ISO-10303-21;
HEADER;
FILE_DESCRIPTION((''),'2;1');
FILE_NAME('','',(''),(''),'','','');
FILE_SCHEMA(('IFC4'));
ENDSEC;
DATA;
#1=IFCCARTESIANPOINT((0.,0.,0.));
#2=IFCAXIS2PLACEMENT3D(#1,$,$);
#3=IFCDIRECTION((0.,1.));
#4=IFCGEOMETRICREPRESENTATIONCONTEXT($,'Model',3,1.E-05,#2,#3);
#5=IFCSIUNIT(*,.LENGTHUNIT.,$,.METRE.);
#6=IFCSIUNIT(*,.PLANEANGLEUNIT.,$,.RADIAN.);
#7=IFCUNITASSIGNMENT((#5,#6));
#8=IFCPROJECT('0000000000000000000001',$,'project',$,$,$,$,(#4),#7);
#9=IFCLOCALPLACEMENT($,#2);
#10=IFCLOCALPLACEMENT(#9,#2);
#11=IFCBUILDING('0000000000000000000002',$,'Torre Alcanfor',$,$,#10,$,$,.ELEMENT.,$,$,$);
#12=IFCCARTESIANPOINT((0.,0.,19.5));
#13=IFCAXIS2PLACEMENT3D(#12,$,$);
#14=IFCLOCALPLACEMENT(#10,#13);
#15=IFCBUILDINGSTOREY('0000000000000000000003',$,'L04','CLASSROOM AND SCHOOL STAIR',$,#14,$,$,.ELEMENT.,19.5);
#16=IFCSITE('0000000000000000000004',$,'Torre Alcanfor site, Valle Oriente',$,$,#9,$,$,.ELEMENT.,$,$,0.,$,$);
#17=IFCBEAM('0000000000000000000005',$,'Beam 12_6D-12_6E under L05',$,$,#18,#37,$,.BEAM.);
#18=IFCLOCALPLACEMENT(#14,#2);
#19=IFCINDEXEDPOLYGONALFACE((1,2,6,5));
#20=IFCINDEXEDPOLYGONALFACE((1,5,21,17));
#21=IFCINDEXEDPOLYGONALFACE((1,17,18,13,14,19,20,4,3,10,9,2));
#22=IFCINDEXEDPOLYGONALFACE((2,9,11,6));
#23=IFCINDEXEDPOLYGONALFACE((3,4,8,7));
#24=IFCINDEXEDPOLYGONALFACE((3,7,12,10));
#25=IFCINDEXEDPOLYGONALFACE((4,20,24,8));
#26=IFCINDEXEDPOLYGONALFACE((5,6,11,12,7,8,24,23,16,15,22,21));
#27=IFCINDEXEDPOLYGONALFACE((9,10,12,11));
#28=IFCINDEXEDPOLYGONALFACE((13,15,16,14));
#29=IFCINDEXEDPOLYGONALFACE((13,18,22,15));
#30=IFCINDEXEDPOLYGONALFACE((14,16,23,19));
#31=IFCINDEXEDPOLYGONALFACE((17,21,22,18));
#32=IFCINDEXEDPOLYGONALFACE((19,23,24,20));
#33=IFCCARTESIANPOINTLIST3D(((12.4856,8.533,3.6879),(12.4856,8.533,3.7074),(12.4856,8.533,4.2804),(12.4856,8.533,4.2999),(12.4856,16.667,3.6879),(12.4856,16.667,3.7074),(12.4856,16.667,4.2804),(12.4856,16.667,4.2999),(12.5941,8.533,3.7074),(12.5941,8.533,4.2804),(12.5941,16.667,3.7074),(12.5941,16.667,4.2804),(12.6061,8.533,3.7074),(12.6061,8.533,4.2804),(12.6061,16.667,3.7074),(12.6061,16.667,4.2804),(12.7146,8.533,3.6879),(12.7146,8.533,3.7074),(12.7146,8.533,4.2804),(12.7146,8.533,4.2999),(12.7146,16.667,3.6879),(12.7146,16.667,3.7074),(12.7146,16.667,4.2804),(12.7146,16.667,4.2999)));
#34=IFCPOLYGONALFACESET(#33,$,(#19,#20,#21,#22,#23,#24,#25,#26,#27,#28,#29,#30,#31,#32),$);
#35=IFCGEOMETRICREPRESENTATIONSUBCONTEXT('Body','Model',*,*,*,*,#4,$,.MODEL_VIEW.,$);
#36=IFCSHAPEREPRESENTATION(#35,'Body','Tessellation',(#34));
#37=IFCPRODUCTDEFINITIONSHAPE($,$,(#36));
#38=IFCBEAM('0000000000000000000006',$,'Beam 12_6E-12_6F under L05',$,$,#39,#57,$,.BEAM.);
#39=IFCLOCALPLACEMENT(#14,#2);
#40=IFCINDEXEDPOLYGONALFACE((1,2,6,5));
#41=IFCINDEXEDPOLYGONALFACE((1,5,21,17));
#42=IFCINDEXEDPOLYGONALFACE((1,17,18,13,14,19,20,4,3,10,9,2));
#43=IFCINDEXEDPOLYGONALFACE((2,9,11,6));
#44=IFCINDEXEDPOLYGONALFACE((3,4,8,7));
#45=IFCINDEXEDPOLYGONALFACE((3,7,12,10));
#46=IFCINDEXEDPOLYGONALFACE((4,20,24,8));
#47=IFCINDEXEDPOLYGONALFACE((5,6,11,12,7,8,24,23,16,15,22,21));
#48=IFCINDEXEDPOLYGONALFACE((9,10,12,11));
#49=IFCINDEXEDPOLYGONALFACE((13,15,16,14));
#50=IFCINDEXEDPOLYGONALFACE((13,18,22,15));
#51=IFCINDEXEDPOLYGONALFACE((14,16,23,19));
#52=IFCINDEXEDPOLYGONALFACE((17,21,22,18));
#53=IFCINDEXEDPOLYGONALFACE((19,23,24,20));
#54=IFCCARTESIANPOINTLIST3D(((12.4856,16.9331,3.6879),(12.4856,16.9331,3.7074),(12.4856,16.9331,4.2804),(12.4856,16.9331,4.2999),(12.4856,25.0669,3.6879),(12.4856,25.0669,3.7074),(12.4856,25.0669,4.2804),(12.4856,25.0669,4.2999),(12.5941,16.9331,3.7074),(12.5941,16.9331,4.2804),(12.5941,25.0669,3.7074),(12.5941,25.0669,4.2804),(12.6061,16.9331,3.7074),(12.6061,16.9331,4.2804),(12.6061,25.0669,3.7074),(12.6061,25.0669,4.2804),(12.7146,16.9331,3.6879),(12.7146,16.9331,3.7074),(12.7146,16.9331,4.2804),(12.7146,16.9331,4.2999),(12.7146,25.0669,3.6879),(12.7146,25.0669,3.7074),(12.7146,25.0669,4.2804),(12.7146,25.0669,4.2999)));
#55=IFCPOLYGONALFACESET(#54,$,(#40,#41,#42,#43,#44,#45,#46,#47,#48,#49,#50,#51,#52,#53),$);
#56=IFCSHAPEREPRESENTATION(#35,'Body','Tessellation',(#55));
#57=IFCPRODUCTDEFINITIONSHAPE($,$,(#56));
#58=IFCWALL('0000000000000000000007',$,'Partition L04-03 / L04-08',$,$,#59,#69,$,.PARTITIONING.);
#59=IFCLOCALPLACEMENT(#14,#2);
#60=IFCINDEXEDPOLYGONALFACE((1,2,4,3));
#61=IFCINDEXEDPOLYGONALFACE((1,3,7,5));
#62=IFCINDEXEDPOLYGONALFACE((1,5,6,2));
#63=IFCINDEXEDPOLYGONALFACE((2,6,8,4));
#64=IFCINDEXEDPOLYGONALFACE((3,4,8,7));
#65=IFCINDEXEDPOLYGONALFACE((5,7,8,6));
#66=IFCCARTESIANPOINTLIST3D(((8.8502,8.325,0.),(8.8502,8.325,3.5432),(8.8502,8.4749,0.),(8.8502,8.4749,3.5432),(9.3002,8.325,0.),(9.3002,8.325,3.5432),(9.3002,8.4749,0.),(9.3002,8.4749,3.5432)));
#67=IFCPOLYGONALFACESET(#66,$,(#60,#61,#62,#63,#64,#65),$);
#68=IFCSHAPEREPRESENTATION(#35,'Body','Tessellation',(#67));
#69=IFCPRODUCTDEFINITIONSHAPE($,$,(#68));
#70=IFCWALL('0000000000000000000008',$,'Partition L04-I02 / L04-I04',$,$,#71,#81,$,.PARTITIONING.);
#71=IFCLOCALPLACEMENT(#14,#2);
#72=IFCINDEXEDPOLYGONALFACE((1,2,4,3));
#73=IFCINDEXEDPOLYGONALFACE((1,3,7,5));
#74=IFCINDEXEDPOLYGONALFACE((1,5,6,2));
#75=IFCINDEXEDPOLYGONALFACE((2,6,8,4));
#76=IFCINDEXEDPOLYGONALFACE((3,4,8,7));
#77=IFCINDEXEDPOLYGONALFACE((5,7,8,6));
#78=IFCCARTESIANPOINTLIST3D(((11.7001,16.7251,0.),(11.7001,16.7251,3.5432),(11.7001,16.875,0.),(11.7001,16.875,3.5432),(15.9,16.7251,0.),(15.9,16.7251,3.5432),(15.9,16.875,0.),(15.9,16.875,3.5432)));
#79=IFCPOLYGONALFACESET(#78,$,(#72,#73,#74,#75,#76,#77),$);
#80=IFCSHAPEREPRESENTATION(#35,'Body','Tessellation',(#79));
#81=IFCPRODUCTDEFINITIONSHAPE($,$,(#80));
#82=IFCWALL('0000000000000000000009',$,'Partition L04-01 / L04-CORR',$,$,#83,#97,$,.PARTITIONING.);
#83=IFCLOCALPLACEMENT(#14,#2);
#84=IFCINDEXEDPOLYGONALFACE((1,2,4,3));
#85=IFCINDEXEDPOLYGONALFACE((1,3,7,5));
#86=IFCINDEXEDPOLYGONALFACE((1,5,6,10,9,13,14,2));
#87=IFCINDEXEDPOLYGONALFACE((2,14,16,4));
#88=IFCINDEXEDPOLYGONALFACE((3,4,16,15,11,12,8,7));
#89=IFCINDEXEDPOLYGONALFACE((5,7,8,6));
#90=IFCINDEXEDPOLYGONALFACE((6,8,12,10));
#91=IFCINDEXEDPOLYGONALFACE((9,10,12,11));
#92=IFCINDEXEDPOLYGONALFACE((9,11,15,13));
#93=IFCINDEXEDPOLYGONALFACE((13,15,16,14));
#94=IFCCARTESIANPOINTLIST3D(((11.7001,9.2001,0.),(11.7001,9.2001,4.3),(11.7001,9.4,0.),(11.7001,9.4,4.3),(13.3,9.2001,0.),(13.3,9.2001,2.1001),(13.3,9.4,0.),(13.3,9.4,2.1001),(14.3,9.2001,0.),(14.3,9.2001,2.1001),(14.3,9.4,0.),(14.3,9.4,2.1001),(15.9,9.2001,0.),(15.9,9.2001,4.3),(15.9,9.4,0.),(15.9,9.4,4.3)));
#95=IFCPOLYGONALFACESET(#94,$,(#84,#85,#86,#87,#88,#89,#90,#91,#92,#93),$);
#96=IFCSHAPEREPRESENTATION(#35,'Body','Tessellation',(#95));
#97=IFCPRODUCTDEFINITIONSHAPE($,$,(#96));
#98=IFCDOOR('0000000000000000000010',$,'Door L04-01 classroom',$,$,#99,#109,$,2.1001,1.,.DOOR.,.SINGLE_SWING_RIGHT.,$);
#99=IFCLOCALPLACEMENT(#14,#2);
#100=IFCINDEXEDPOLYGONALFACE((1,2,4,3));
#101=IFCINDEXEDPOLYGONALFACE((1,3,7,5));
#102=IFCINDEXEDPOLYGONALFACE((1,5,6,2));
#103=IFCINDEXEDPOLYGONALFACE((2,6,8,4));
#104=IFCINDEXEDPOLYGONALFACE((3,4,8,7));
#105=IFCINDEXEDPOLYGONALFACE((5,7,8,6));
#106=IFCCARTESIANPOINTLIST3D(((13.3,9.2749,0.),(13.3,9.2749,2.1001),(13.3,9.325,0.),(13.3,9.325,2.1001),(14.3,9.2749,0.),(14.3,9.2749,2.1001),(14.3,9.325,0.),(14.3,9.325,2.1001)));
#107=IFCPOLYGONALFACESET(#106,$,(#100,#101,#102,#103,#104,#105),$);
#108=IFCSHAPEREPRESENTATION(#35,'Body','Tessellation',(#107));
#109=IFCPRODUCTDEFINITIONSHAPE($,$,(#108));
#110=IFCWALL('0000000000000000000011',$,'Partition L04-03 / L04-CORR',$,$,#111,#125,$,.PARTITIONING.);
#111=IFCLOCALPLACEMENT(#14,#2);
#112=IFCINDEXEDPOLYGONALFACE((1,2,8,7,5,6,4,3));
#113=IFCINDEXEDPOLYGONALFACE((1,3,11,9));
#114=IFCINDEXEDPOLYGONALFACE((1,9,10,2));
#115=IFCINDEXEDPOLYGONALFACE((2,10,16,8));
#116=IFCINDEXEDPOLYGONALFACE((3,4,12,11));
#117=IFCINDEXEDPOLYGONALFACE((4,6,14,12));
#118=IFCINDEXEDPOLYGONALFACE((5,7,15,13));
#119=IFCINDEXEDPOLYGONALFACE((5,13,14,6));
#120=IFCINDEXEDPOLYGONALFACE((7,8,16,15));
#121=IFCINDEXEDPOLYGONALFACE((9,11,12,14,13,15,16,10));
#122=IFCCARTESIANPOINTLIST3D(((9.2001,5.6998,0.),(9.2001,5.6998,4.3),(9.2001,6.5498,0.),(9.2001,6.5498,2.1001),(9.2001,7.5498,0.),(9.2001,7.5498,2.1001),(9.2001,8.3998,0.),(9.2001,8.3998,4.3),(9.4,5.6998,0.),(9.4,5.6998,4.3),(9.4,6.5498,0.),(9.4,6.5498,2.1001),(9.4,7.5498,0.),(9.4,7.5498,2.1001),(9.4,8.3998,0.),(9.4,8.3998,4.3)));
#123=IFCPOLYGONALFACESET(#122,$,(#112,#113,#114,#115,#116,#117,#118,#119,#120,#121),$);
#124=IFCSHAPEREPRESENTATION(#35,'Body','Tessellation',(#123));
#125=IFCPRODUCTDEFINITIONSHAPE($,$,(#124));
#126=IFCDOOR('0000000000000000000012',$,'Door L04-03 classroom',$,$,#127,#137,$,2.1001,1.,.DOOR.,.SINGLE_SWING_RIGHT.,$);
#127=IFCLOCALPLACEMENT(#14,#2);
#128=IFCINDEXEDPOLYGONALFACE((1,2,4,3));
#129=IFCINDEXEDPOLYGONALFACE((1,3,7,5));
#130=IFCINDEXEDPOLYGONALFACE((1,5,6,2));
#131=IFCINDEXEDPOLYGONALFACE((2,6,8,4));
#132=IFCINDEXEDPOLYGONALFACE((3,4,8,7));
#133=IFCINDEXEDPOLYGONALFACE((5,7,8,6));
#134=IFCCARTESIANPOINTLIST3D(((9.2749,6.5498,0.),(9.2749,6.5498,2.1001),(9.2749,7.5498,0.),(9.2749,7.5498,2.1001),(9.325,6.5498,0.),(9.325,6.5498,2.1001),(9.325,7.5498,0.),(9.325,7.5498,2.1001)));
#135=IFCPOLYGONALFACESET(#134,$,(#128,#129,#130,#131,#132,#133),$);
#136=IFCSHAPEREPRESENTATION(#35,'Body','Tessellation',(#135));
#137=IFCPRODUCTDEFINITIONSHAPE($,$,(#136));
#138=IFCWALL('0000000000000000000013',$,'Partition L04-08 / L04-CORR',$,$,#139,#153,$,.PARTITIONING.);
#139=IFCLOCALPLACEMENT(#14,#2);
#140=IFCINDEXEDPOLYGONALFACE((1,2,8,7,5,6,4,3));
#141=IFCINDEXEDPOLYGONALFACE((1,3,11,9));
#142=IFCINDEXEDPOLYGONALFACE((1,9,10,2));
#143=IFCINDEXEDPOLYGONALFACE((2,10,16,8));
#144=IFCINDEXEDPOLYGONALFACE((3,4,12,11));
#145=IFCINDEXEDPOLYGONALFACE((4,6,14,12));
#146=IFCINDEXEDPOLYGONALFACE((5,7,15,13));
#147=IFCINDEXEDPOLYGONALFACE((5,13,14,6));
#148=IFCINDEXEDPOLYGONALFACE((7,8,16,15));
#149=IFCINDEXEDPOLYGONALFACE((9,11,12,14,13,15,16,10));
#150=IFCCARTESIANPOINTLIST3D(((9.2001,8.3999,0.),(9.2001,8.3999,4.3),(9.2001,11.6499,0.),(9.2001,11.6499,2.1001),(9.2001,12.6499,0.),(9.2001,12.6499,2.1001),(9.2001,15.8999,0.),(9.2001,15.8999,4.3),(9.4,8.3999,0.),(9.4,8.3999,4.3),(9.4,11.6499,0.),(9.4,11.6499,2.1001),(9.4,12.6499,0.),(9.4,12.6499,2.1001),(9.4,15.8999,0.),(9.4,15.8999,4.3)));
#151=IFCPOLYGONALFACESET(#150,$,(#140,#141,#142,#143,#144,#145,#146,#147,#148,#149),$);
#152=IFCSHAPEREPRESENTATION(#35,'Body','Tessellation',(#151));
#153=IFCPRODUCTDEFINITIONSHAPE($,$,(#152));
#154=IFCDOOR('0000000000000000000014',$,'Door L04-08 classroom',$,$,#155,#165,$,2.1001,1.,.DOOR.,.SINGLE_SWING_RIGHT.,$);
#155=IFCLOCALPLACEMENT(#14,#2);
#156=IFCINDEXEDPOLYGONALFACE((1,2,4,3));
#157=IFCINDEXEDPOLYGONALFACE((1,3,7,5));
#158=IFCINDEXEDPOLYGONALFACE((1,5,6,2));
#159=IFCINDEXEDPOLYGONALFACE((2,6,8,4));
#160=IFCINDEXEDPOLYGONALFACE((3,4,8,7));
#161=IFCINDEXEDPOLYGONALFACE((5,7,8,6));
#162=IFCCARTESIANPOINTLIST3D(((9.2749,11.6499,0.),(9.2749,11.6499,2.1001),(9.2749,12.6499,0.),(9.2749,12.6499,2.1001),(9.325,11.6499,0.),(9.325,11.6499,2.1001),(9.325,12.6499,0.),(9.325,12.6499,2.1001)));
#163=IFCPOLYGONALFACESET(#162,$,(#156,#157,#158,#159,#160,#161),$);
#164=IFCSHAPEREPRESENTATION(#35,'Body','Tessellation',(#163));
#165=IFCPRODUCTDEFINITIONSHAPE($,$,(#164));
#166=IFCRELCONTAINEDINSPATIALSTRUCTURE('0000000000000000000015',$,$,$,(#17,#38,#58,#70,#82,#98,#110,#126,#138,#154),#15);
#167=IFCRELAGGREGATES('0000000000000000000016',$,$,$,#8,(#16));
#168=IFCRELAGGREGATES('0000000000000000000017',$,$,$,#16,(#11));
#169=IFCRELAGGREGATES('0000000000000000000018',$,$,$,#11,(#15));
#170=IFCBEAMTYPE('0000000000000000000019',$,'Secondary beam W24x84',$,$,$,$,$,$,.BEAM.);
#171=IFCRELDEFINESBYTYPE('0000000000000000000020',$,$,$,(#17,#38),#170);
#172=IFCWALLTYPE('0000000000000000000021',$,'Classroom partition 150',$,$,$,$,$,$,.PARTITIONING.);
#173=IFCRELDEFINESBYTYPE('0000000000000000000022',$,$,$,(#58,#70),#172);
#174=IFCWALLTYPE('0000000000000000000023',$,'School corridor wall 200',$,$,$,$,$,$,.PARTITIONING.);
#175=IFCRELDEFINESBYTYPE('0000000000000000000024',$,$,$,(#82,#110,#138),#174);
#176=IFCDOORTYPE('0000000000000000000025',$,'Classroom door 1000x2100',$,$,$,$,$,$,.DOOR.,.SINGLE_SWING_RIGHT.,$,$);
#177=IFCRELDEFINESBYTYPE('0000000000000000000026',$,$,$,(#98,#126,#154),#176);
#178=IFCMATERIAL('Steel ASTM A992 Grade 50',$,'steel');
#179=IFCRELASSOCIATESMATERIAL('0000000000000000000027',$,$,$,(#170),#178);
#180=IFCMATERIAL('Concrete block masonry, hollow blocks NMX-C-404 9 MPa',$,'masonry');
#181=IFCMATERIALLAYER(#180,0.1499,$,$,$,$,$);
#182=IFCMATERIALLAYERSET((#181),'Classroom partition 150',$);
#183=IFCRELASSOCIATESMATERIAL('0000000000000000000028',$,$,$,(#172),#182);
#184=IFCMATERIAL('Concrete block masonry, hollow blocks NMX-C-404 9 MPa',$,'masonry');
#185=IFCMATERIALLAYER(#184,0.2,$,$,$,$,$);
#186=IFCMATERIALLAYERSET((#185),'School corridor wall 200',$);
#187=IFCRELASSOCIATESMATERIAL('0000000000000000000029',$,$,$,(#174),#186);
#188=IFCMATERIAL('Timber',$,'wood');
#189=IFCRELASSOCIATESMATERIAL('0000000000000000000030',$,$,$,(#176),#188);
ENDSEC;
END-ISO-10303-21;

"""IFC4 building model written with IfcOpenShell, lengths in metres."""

from ifc_helpers import new_model, si_unit, direction, frame, frame_2d, origin, origin_2d, place, context, subcontext, project, spatial, rectangle, i_section, extrude, material, layer, layer_set, material_profile, profile_set, type_object, element, fill, save


model = new_model("IFC4")

# Units and contexts
model_context = context("Model", 3, precision=1e-05, world=origin(), true_north=direction((0.0, 1.0)))
body_context = subcontext(model_context, "Body", "Model", "MODEL_VIEW")
ifc_project = project(units=[si_unit("LENGTHUNIT", "METRE"), si_unit("PLANEANGLEUNIT", "RADIAN")], contexts=[model_context])

# Site, building, storey
site_placement = place(None, origin())
site = spatial("IfcSite", under=ifc_project, at=site_placement, Name="Torre Alcanfor site, Valle Oriente", CompositionType="ELEMENT", RefElevation=0.0)
building_placement = place(site_placement, origin())
building = spatial("IfcBuilding", under=site, at=building_placement, Name="Torre Alcanfor", CompositionType="ELEMENT")
storey_placement = place(building_placement, frame((0.0, 0.0, 19.5)))
storey = spatial("IfcBuildingStorey", under=building, at=storey_placement, Name="L04", Description="CLASSROOM AND SCHOOL STAIR", CompositionType="ELEMENT", Elevation=19.5)

# Beams
ifc_material_1 = material(Name="Steel ASTM A992 Grade 50", Category="steel")
ifc_material_profile_1 = material_profile(ifc_material_1, i_section(OverallWidth=0.229, OverallDepth=0.6121, WebThickness=0.012, FlangeThickness=0.0195, at=origin_2d()), Name="W24x84")
ifc_profile_set_1 = profile_set([ifc_material_profile_1], Name="Steel ASTM A992 Grade 50")
beam_type_1 = type_object("IfcBeamType", Name="Secondary beam W24x84", PredefinedType="BEAM", material=ifc_profile_set_1)
beam_1_placement = place(storey_placement, frame((12.6001, 8.533, 3.9939), z_axis=(0.0, 1.0, 0.0), x_axis=(-1.0, 0.0, 0.0)))
element("IfcBeam", 1, at=beam_1_placement, inside=storey, type_object=beam_type_1, Name="Beam 12_6D-12_6E under L05", PredefinedType="BEAM", context=body_context, shape_type="SweptSolid", body=[
    extrude(i_section(OverallWidth=0.229, OverallDepth=0.6121, WebThickness=0.012, FlangeThickness=0.0195, at=origin_2d()), origin(), (0.0, 0.0, 1.0), 8.134),
])
beam_2_placement = place(storey_placement, frame((12.6001, 16.9331, 3.9939), z_axis=(0.0, 1.0, 0.0), x_axis=(-1.0, 0.0, 0.0)))
element("IfcBeam", 2, at=beam_2_placement, inside=storey, type_object=beam_type_1, Name="Beam 12_6E-12_6F under L05", PredefinedType="BEAM", context=body_context, shape_type="SweptSolid", body=[
    extrude(i_section(OverallWidth=0.229, OverallDepth=0.6121, WebThickness=0.012, FlangeThickness=0.0195, at=origin_2d()), origin(), (0.0, 0.0, 1.0), 8.1338),
])

# Walls
ifc_material_2 = material(Name="Concrete block masonry, hollow blocks NMX-C-404 9 MPa", Category="masonry")
ifc_layer_1 = layer(ifc_material_2, 0.1499)
ifc_layer_set_1 = layer_set([ifc_layer_1], Name="Classroom partition 150")
wall_type_1 = type_object("IfcWallType", Name="Classroom partition 150", PredefinedType="PARTITIONING", material=ifc_layer_set_1)
wall_1_placement = place(storey_placement, frame((8.8501, 8.3999, 0.0), z_axis=(0.0, 0.0, 1.0), x_axis=(1.0, 0.0, 0.0)))
element("IfcWall", 3, at=wall_1_placement, inside=storey, type_object=wall_type_1, Name="Partition L04-03 / L04-08", PredefinedType="PARTITIONING", context=body_context, shape_type="SweptSolid", body=[
    extrude(rectangle(XDim=0.45, YDim=0.1499, at=frame_2d((0.2251, 0.0))), origin(), (0.0, 0.0, 1.0), 3.5432),
])
wall_2_placement = place(storey_placement, frame((11.7, 16.8, 0.0), z_axis=(0.0, 0.0, 1.0), x_axis=(1.0, 0.0, 0.0)))
element("IfcWall", 4, at=wall_2_placement, inside=storey, type_object=wall_type_1, Name="Partition L04-I02 / L04-I04", PredefinedType="PARTITIONING", context=body_context, shape_type="SweptSolid", body=[
    extrude(rectangle(XDim=4.2, YDim=0.1499, at=frame_2d((2.1001, 0.0))), origin(), (0.0, 0.0, 1.0), 3.5432),
])

# Walls, openings, doors
ifc_material_3 = material(Name="Concrete block masonry, hollow blocks NMX-C-404 9 MPa", Category="masonry")
ifc_layer_2 = layer(ifc_material_3, 0.2)
ifc_layer_set_2 = layer_set([ifc_layer_2], Name="School corridor wall 200")
wall_type_2 = type_object("IfcWallType", Name="School corridor wall 200", PredefinedType="PARTITIONING", material=ifc_layer_set_2)
wall_3_placement = place(storey_placement, frame((11.7, 9.3, 0.0), z_axis=(0.0, 0.0, 1.0), x_axis=(1.0, 0.0, 0.0)))
wall_3 = element("IfcWall", 5, at=wall_3_placement, inside=storey, type_object=wall_type_2, Name="Partition L04-01 / L04-CORR", PredefinedType="PARTITIONING", context=body_context, shape_type="SweptSolid", body=[
    extrude(rectangle(XDim=4.2, YDim=0.2, at=frame_2d((2.1001, 0.0))), origin(), (0.0, 0.0, 1.0), 4.3),
])
opening_1_placement = place(wall_3_placement, frame((1.6001, 0.0, 0.0)))
opening_1 = element("IfcOpeningElement", 6, at=opening_1_placement, cuts=wall_3, PredefinedType="OPENING", context=body_context, shape_type="SweptSolid", body=[
    extrude(rectangle(XDim=1.0, YDim=2.1001, at=frame_2d((0.5, 1.05))), frame((0.0, 0.1099, 0.0), z_axis=(0.0, -1.0, 0.0), x_axis=(1.0, 0.0, 0.0)), (0.0, 0.0, 1.0), 0.22),
])
ifc_material_4 = material(Name="Timber", Category="wood")
door_type = type_object("IfcDoorType", Name="Classroom door 1000x2100", OperationType="SINGLE_SWING_RIGHT", PredefinedType="DOOR", material=ifc_material_4)
door_1_placement = place(opening_1_placement, frame((1.0, 0.0, 0.0), z_axis=(0.0, 0.0, 1.0), x_axis=(-1.0, 0.0, 0.0)))
door_1 = element("IfcDoor", 7, at=door_1_placement, inside=storey, type_object=door_type, Name="Door L04-01 classroom", OperationType="SINGLE_SWING_RIGHT", OverallHeight=2.1001, OverallWidth=1.0, PredefinedType="DOOR", context=body_context, shape_type="SweptSolid", body=[
    extrude(rectangle(XDim=1.0, YDim=2.1001, at=frame_2d((0.5, 1.05))), frame((0.0, 0.0251, 0.0), z_axis=(0.0, -1.0, 0.0), x_axis=(1.0, 0.0, 0.0)), (0.0, 0.0, 1.0), 0.05),
])
fill(opening_1, door_1)
wall_4_placement = place(storey_placement, frame((9.3, 8.3999, 0.0), z_axis=(0.0, 0.0, 1.0), x_axis=(0.0, -1.0, 0.0)))
wall_4 = element("IfcWall", 8, at=wall_4_placement, inside=storey, type_object=wall_type_2, Name="Partition L04-03 / L04-CORR", PredefinedType="PARTITIONING", context=body_context, shape_type="SweptSolid", body=[
    extrude(rectangle(XDim=2.7, YDim=0.2, at=frame_2d((1.3501, 0.0))), origin(), (0.0, 0.0, 1.0), 4.3),
])
opening_2_placement = place(wall_4_placement, frame((0.8501, 0.0, 0.0)))
opening_2 = element("IfcOpeningElement", 9, at=opening_2_placement, cuts=wall_4, PredefinedType="OPENING", context=body_context, shape_type="SweptSolid", body=[
    extrude(rectangle(XDim=1.0, YDim=2.1001, at=frame_2d((0.5, 1.05))), frame((0.0, 0.1099, 0.0), z_axis=(0.0, -1.0, 0.0), x_axis=(1.0, 0.0, 0.0)), (0.0, 0.0, 1.0), 0.22),
])
door_2_placement = place(opening_2_placement, frame((1.0, 0.0, 0.0), z_axis=(0.0, 0.0, 1.0), x_axis=(-1.0, 0.0, 0.0)))
door_2 = element("IfcDoor", 10, at=door_2_placement, inside=storey, type_object=door_type, Name="Door L04-03 classroom", OperationType="SINGLE_SWING_RIGHT", OverallHeight=2.1001, OverallWidth=1.0, PredefinedType="DOOR", context=body_context, shape_type="SweptSolid", body=[
    extrude(rectangle(XDim=1.0, YDim=2.1001, at=frame_2d((0.5, 1.05))), frame((0.0, 0.0251, 0.0), z_axis=(0.0, -1.0, 0.0), x_axis=(1.0, 0.0, 0.0)), (0.0, 0.0, 1.0), 0.05),
])
fill(opening_2, door_2)
wall_5_placement = place(storey_placement, frame((9.3, 15.8999, 0.0), z_axis=(0.0, 0.0, 1.0), x_axis=(0.0, -1.0, 0.0)))
wall_5 = element("IfcWall", 11, at=wall_5_placement, inside=storey, type_object=wall_type_2, Name="Partition L04-08 / L04-CORR", PredefinedType="PARTITIONING", context=body_context, shape_type="SweptSolid", body=[
    extrude(rectangle(XDim=7.5, YDim=0.2, at=frame_2d((3.75, 0.0))), origin(), (0.0, 0.0, 1.0), 4.3),
])
opening_3_placement = place(wall_5_placement, frame((3.25, 0.0, 0.0)))
opening_3 = element("IfcOpeningElement", 12, at=opening_3_placement, cuts=wall_5, PredefinedType="OPENING", context=body_context, shape_type="SweptSolid", body=[
    extrude(rectangle(XDim=1.0, YDim=2.1001, at=frame_2d((0.5, 1.05))), frame((0.0, 0.1099, 0.0), z_axis=(0.0, -1.0, 0.0), x_axis=(1.0, 0.0, 0.0)), (0.0, 0.0, 1.0), 0.22),
])
door_3_placement = place(opening_3_placement, frame((1.0, 0.0, 0.0), z_axis=(0.0, 0.0, 1.0), x_axis=(-1.0, 0.0, 0.0)))
door_3 = element("IfcDoor", 13, at=door_3_placement, inside=storey, type_object=door_type, Name="Door L04-08 classroom", OperationType="SINGLE_SWING_RIGHT", OverallHeight=2.1001, OverallWidth=1.0, PredefinedType="DOOR", context=body_context, shape_type="SweptSolid", body=[
    extrude(rectangle(XDim=1.0, YDim=2.1001, at=frame_2d((0.5, 1.05))), frame((0.0, 0.0251, 0.0), z_axis=(0.0, -1.0, 0.0), x_axis=(1.0, 0.0, 0.0)), (0.0, 0.0, 1.0), 0.05),
])
fill(opening_3, door_3)

save(model, "model.ifc")
